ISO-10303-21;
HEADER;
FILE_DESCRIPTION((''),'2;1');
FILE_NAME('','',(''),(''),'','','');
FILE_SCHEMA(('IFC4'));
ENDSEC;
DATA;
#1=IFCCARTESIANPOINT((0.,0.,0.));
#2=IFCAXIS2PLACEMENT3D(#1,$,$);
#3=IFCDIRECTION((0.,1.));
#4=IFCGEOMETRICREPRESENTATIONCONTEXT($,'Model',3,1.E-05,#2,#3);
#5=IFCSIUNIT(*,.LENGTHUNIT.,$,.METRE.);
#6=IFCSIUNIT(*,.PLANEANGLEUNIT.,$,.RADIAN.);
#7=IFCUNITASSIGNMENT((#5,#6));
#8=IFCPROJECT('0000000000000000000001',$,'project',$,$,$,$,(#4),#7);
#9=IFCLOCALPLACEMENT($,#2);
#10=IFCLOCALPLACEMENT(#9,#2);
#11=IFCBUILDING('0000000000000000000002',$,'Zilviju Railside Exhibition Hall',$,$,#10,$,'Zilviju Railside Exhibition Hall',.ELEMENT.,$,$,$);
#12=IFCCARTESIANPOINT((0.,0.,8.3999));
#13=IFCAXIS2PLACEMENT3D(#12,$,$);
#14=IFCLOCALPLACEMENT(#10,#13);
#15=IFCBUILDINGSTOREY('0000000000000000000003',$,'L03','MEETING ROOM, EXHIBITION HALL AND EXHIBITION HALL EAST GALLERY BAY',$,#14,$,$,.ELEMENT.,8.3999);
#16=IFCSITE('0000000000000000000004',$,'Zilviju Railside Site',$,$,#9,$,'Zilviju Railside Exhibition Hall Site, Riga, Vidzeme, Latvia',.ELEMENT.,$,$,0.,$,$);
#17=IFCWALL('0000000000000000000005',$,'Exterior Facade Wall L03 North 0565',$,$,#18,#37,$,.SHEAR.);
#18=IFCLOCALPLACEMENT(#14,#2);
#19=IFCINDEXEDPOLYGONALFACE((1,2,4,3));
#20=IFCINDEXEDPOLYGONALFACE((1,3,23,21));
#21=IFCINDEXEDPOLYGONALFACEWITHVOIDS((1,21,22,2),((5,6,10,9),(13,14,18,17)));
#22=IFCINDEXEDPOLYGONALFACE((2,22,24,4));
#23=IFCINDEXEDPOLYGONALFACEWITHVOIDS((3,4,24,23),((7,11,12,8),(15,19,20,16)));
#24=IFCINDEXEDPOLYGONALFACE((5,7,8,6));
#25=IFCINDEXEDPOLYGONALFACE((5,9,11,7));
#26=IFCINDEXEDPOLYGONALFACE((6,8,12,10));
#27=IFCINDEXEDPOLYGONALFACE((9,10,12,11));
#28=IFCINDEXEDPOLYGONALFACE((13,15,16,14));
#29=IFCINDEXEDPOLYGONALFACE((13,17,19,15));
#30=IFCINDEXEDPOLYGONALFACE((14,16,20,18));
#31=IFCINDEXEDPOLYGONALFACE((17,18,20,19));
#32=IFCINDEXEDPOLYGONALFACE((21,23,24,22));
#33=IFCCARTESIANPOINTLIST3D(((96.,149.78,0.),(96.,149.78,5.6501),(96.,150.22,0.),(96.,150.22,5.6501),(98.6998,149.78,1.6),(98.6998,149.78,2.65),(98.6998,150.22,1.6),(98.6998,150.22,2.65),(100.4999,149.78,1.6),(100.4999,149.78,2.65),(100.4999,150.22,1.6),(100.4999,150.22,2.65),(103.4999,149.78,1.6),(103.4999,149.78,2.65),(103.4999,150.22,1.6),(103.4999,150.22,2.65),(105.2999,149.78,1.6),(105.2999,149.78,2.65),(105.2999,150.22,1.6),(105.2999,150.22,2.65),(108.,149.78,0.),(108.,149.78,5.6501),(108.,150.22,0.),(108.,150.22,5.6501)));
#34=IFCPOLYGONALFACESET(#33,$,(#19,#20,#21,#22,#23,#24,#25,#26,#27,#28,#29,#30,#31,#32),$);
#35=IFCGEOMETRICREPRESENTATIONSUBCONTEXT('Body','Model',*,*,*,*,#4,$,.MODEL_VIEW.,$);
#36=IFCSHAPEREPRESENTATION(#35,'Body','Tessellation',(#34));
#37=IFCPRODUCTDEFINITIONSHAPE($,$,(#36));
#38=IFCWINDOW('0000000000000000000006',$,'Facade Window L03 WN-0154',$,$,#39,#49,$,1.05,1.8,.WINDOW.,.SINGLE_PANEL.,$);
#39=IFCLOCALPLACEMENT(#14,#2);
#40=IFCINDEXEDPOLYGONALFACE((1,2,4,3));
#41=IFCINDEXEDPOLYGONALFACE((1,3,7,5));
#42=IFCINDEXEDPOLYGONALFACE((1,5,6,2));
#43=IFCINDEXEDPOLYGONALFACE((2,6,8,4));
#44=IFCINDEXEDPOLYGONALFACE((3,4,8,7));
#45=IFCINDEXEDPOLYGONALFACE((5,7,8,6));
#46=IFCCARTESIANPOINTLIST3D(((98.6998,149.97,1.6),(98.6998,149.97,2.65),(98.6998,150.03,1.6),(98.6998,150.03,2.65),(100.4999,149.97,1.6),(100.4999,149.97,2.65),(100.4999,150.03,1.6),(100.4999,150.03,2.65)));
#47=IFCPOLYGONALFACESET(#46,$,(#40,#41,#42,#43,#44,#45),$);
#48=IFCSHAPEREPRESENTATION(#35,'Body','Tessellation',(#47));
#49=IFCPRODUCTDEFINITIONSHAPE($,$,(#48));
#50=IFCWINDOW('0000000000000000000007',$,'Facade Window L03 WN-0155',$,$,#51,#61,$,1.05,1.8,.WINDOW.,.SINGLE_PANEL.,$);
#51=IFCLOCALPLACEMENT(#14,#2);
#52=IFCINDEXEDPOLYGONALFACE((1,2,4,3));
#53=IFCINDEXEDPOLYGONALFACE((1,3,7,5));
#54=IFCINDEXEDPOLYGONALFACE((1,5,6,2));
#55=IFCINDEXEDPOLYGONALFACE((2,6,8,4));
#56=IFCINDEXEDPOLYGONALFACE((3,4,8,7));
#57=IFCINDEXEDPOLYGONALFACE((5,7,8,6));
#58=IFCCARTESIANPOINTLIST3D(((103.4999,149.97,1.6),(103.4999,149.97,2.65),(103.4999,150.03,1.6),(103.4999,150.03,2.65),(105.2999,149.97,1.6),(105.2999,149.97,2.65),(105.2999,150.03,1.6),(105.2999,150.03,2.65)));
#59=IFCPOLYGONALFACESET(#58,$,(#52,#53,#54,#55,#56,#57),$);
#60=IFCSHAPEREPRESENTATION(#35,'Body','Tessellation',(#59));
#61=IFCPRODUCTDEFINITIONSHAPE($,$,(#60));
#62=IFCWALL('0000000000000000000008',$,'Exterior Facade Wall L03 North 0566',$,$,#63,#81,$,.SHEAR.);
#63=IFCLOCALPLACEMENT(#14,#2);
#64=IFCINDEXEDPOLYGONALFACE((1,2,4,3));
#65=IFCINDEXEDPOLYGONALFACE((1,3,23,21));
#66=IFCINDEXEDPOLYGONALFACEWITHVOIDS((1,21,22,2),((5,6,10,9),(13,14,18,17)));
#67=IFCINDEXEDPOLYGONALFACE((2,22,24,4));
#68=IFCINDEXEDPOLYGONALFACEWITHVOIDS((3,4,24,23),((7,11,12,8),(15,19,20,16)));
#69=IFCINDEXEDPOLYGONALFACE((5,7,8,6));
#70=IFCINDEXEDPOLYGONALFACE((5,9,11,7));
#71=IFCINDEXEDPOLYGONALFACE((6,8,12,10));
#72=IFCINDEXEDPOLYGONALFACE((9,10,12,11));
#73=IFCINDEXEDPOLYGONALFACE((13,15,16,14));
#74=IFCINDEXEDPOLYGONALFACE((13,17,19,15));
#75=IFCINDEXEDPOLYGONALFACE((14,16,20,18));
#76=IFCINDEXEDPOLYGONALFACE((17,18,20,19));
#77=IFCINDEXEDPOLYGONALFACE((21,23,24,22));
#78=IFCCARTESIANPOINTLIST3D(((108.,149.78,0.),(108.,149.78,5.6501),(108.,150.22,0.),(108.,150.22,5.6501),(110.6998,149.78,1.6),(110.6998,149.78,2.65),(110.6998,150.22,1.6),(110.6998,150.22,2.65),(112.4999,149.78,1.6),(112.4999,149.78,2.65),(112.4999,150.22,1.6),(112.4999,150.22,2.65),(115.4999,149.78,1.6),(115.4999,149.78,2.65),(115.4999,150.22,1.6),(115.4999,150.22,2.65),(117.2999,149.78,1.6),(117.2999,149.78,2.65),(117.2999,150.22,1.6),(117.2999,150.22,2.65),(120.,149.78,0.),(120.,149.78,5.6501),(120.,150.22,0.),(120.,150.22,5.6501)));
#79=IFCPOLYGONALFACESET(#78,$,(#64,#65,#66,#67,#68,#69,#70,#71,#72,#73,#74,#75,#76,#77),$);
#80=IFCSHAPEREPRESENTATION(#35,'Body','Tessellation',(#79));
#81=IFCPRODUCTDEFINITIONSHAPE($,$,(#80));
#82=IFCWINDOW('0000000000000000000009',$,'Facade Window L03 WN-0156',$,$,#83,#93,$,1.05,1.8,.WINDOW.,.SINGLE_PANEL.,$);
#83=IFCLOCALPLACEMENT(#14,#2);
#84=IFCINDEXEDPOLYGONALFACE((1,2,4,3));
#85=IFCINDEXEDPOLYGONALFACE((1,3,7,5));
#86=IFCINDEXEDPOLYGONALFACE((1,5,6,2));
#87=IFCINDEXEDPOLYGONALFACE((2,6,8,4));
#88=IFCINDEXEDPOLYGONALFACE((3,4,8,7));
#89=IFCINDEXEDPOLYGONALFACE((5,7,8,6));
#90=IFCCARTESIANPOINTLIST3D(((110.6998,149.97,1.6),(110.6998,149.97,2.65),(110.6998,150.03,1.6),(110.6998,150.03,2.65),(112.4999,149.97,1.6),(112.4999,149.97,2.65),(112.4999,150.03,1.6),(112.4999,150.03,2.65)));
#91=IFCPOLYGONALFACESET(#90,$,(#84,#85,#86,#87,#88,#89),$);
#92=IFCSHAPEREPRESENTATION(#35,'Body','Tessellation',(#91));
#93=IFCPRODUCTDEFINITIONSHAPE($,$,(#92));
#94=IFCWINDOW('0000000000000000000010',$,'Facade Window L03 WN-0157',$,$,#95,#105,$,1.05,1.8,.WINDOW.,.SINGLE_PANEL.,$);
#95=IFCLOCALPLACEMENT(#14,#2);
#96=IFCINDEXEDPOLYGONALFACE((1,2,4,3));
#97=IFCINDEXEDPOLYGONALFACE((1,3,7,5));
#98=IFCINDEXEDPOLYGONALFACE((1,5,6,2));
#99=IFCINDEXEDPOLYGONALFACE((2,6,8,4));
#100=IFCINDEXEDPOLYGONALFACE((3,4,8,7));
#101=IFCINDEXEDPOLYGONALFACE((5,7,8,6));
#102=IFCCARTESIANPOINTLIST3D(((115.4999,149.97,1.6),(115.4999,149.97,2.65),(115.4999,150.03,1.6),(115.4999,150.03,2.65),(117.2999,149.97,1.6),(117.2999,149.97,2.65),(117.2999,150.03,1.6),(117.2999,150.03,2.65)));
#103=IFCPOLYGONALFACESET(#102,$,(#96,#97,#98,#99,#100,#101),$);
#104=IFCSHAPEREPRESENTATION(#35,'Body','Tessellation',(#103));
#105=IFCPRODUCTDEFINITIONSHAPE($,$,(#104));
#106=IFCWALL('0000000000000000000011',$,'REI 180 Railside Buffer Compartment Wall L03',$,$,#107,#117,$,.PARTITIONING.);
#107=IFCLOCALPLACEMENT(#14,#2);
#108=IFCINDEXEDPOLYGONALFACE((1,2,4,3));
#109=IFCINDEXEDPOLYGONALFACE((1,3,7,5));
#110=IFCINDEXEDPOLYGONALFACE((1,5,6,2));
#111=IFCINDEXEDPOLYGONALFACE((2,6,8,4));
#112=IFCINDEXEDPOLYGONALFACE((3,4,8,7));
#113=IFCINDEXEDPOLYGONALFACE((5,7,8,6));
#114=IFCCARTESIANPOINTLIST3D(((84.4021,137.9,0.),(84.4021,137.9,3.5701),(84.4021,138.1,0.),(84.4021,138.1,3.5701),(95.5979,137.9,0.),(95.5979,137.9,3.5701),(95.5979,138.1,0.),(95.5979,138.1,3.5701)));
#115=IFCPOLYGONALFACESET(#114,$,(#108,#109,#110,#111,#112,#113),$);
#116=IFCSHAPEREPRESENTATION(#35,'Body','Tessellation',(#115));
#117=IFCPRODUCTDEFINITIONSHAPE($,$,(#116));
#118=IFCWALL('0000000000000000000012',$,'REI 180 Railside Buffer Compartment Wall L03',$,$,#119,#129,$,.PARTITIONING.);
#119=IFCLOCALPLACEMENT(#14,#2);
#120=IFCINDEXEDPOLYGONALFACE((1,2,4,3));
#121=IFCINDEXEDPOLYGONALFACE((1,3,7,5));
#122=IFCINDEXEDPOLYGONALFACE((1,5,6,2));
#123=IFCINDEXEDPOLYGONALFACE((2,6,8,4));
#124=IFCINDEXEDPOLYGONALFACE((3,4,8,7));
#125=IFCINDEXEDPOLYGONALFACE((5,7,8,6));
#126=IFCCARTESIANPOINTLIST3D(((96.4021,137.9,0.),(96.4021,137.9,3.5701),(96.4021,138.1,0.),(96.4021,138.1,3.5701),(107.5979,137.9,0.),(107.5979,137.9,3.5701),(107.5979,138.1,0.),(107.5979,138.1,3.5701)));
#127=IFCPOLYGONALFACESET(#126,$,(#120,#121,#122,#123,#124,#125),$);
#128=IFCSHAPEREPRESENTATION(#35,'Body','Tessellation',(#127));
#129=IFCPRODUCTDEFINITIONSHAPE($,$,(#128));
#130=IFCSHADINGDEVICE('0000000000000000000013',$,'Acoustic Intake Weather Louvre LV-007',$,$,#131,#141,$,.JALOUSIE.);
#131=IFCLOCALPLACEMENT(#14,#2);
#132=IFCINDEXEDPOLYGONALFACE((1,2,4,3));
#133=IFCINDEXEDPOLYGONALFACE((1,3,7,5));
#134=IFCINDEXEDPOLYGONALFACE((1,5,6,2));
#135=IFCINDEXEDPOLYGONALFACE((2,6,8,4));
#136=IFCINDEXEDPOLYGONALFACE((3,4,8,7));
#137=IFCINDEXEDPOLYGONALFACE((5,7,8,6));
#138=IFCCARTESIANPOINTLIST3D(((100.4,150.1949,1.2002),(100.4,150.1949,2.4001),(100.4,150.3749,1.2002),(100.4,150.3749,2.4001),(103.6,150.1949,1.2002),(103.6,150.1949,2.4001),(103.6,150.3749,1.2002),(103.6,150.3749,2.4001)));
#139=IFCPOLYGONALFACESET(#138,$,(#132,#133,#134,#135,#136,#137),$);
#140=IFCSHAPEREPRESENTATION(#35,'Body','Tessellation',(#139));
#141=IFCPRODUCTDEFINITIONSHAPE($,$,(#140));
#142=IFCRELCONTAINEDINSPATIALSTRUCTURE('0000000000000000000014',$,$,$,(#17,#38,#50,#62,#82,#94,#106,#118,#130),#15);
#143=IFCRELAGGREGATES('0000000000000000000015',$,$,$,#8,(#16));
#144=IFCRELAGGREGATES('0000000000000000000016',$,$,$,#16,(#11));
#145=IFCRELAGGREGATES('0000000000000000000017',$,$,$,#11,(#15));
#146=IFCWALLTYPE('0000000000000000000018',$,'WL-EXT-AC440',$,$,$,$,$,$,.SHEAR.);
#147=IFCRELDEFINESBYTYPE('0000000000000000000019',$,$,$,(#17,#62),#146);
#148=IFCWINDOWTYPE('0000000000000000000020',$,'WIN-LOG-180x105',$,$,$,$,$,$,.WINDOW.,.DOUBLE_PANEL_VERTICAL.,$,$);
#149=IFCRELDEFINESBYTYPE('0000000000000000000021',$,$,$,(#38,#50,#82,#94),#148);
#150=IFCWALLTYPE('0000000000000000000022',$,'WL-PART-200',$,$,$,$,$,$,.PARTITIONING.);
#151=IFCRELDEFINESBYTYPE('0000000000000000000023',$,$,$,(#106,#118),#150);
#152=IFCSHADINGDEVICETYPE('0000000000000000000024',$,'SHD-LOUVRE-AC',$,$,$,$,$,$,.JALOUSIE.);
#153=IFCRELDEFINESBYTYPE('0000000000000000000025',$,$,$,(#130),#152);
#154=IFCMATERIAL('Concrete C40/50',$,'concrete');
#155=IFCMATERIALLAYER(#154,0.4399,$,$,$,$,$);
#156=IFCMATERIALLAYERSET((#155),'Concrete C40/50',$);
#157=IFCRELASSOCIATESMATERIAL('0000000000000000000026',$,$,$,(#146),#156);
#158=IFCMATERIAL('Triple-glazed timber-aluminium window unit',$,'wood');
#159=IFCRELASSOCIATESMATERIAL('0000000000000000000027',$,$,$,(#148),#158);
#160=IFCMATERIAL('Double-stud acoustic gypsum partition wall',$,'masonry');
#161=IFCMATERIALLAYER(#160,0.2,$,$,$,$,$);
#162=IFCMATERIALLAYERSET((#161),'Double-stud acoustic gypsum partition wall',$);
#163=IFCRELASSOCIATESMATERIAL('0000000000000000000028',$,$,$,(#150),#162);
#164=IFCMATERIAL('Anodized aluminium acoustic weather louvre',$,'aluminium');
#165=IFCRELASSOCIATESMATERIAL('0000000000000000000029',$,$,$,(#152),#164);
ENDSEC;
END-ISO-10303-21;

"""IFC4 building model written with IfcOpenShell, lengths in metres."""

from ifc_helpers import new_model, si_unit, direction, frame, frame_2d, origin, origin_2d, place, context, subcontext, project, spatial, rectangle, extrude, material, layer, layer_set, type_object, element, fill, save


model = new_model("IFC4")

# Units and contexts
model_context = context("Model", 3, precision=1e-05, world=origin(), true_north=direction((0.0, 1.0)))
body_context = subcontext(model_context, "Body", "Model", "MODEL_VIEW")
ifc_project = project(units=[si_unit("LENGTHUNIT", "METRE"), si_unit("PLANEANGLEUNIT", "RADIAN")], contexts=[model_context])

# Site, building, storey
site_placement = place(None, origin())
site = spatial("IfcSite", under=ifc_project, at=site_placement, Name="Zilviju Railside Site", LongName="Zilviju Railside Exhibition Hall Site, Riga, Vidzeme, Latvia", CompositionType="ELEMENT", RefElevation=0.0)
building_placement = place(site_placement, origin())
building = spatial("IfcBuilding", under=site, at=building_placement, Name="Zilviju Railside Exhibition Hall", LongName="Zilviju Railside Exhibition Hall", CompositionType="ELEMENT")
storey_placement = place(building_placement, frame((0.0, 0.0, 8.3999)))
storey = spatial("IfcBuildingStorey", under=building, at=storey_placement, Name="L03", Description="MEETING ROOM, EXHIBITION HALL AND EXHIBITION HALL EAST GALLERY BAY", CompositionType="ELEMENT", Elevation=8.3999)

# Shared definitions
ifc_material_1 = material(Name="Concrete C40/50", Category="concrete")

# Walls, openings, windows
ifc_layer_1 = layer(ifc_material_1, 0.4399)
ifc_layer_set_1 = layer_set([ifc_layer_1], Name="Concrete C40/50")
wall_type_1 = type_object("IfcWallType", Name="WL-EXT-AC440", PredefinedType="SHEAR", material=ifc_layer_set_1)
ifc_material_2 = material(Name="Triple-glazed timber-aluminium window unit", Category="wood")
window_type = type_object("IfcWindowType", Name="WIN-LOG-180x105", PartitioningType="DOUBLE_PANEL_VERTICAL", PredefinedType="WINDOW", material=ifc_material_2)
wall_1_placement = place(storey_placement, frame((96.0, 150.0, 0.0), z_axis=(0.0, 0.0, 1.0), x_axis=(1.0, 0.0, 0.0)))
wall_1 = element("IfcWall", 1, at=wall_1_placement, inside=storey, type_object=wall_type_1, Name="Exterior Facade Wall L03 North 0565", PredefinedType="SHEAR", context=body_context, shape_type="SweptSolid", body=[
    extrude(rectangle(XDim=12.0, YDim=0.4399, at=frame_2d((6.0, 0.0))), origin(), (0.0, 0.0, 1.0), 5.6501),
])
opening_1_placement = place(wall_1_placement, frame((2.7, 0.0, 1.6001)))
opening_1 = element("IfcOpeningElement", 2, at=opening_1_placement, cuts=wall_1, PredefinedType="OPENING", context=body_context, shape_type="SweptSolid", body=[
    extrude(rectangle(XDim=1.8, YDim=1.05, at=frame_2d((0.8999, 0.5249))), frame((0.0, 0.23, 0.0), z_axis=(0.0, -1.0, 0.0), x_axis=(1.0, 0.0, 0.0)), (0.0, 0.0, 1.0), 0.46),
])
opening_2_placement = place(wall_1_placement, frame((7.5, 0.0, 1.6001)))
opening_2 = element("IfcOpeningElement", 3, at=opening_2_placement, cuts=wall_1, PredefinedType="OPENING", context=body_context, shape_type="SweptSolid", body=[
    extrude(rectangle(XDim=1.8, YDim=1.05, at=frame_2d((0.8999, 0.5249))), frame((0.0, 0.23, 0.0), z_axis=(0.0, -1.0, 0.0), x_axis=(1.0, 0.0, 0.0)), (0.0, 0.0, 1.0), 0.46),
])
window_1_placement = place(opening_1_placement, origin())
window_1 = element("IfcWindow", 4, at=window_1_placement, inside=storey, type_object=window_type, Name="Facade Window L03 WN-0154", OverallHeight=1.05, OverallWidth=1.8, PartitioningType="SINGLE_PANEL", PredefinedType="WINDOW", context=body_context, shape_type="SweptSolid", body=[
    extrude(rectangle(XDim=1.8, YDim=1.05, at=frame_2d((0.8999, 0.5249))), frame((0.0, 0.03, 0.0), z_axis=(0.0, -1.0, 0.0), x_axis=(1.0, 0.0, 0.0)), (0.0, 0.0, 1.0), 0.0601),
])
fill(opening_1, window_1)
window_2_placement = place(opening_2_placement, origin())
window_2 = element("IfcWindow", 5, at=window_2_placement, inside=storey, type_object=window_type, Name="Facade Window L03 WN-0155", OverallHeight=1.05, OverallWidth=1.8, PartitioningType="SINGLE_PANEL", PredefinedType="WINDOW", context=body_context, shape_type="SweptSolid", body=[
    extrude(rectangle(XDim=1.8, YDim=1.05, at=frame_2d((0.8999, 0.5249))), frame((0.0, 0.03, 0.0), z_axis=(0.0, -1.0, 0.0), x_axis=(1.0, 0.0, 0.0)), (0.0, 0.0, 1.0), 0.0601),
])
fill(opening_2, window_2)
wall_2_placement = place(storey_placement, frame((108.0, 150.0, 0.0), z_axis=(0.0, 0.0, 1.0), x_axis=(1.0, 0.0, 0.0)))
wall_2 = element("IfcWall", 6, at=wall_2_placement, inside=storey, type_object=wall_type_1, Name="Exterior Facade Wall L03 North 0566", PredefinedType="SHEAR", context=body_context, shape_type="SweptSolid", body=[
    extrude(rectangle(XDim=12.0, YDim=0.4399, at=frame_2d((6.0, 0.0))), origin(), (0.0, 0.0, 1.0), 5.6501),
])
opening_3_placement = place(wall_2_placement, frame((2.7, 0.0, 1.6001)))
opening_3 = element("IfcOpeningElement", 7, at=opening_3_placement, cuts=wall_2, PredefinedType="OPENING", context=body_context, shape_type="SweptSolid", body=[
    extrude(rectangle(XDim=1.8, YDim=1.05, at=frame_2d((0.8999, 0.5249))), frame((0.0, 0.23, 0.0), z_axis=(0.0, -1.0, 0.0), x_axis=(1.0, 0.0, 0.0)), (0.0, 0.0, 1.0), 0.46),
])
opening_4_placement = place(wall_2_placement, frame((7.5, 0.0, 1.6001)))
opening_4 = element("IfcOpeningElement", 8, at=opening_4_placement, cuts=wall_2, PredefinedType="OPENING", context=body_context, shape_type="SweptSolid", body=[
    extrude(rectangle(XDim=1.8, YDim=1.05, at=frame_2d((0.8999, 0.5249))), frame((0.0, 0.23, 0.0), z_axis=(0.0, -1.0, 0.0), x_axis=(1.0, 0.0, 0.0)), (0.0, 0.0, 1.0), 0.46),
])
window_3_placement = place(opening_3_placement, origin())
window_3 = element("IfcWindow", 9, at=window_3_placement, inside=storey, type_object=window_type, Name="Facade Window L03 WN-0156", OverallHeight=1.05, OverallWidth=1.8, PartitioningType="SINGLE_PANEL", PredefinedType="WINDOW", context=body_context, shape_type="SweptSolid", body=[
    extrude(rectangle(XDim=1.8, YDim=1.05, at=frame_2d((0.8999, 0.5249))), frame((0.0, 0.03, 0.0), z_axis=(0.0, -1.0, 0.0), x_axis=(1.0, 0.0, 0.0)), (0.0, 0.0, 1.0), 0.0601),
])
fill(opening_3, window_3)
window_4_placement = place(opening_4_placement, origin())
window_4 = element("IfcWindow", 10, at=window_4_placement, inside=storey, type_object=window_type, Name="Facade Window L03 WN-0157", OverallHeight=1.05, OverallWidth=1.8, PartitioningType="SINGLE_PANEL", PredefinedType="WINDOW", context=body_context, shape_type="SweptSolid", body=[
    extrude(rectangle(XDim=1.8, YDim=1.05, at=frame_2d((0.8999, 0.5249))), frame((0.0, 0.03, 0.0), z_axis=(0.0, -1.0, 0.0), x_axis=(1.0, 0.0, 0.0)), (0.0, 0.0, 1.0), 0.0601),
])
fill(opening_4, window_4)

# Walls
ifc_material_3 = material(Name="Double-stud acoustic gypsum partition wall", Category="masonry")
ifc_layer_2 = layer(ifc_material_3, 0.2)
ifc_layer_set_2 = layer_set([ifc_layer_2], Name="Double-stud acoustic gypsum partition wall")
wall_type_2 = type_object("IfcWallType", Name="WL-PART-200", PredefinedType="PARTITIONING", material=ifc_layer_set_2)
for number, where, z_axis, x_axis, name in (
    (11, (84.4021, 138.0, 0.0), (0.0, 0.0, 1.0), (1.0, 0.0, 0.0), "REI 180 Railside Buffer Compartment Wall L03"),
    (12, (96.4021, 138.0, 0.0), (0.0, 0.0, 1.0), (1.0, 0.0, 0.0), "REI 180 Railside Buffer Compartment Wall L03"),
):
    element("IfcWall", number, at=place(storey_placement, frame(where, z_axis=z_axis, x_axis=x_axis)), inside=storey, type_object=wall_type_2, Name=name, PredefinedType="PARTITIONING", context=body_context, shape_type="SweptSolid", body=[
        extrude(rectangle(XDim=11.1958, YDim=0.2, at=frame_2d((5.5979, 0.0))), origin(), (0.0, 0.0, 1.0), 3.5701),
    ])

# Shading device
ifc_material_4 = material(Name="Anodized aluminium acoustic weather louvre", Category="aluminium")
shading_device_type = type_object("IfcShadingDeviceType", Name="SHD-LOUVRE-AC", PredefinedType="JALOUSIE", material=ifc_material_4)
shading_device_placement = place(storey_placement, frame((102.0, 150.2849, 1.2002), z_axis=(0.0, 0.0, 1.0), x_axis=(1.0, 0.0, 0.0)))
element("IfcShadingDevice", 13, at=shading_device_placement, inside=storey, type_object=shading_device_type, Name="Acoustic Intake Weather Louvre LV-007", PredefinedType="JALOUSIE", context=body_context, shape_type="SweptSolid", body=[
    extrude(rectangle(XDim=3.2, YDim=0.1799, at=origin_2d()), origin(), (0.0, 0.0, 1.0), 1.2),
])

save(model, "model.ifc")
